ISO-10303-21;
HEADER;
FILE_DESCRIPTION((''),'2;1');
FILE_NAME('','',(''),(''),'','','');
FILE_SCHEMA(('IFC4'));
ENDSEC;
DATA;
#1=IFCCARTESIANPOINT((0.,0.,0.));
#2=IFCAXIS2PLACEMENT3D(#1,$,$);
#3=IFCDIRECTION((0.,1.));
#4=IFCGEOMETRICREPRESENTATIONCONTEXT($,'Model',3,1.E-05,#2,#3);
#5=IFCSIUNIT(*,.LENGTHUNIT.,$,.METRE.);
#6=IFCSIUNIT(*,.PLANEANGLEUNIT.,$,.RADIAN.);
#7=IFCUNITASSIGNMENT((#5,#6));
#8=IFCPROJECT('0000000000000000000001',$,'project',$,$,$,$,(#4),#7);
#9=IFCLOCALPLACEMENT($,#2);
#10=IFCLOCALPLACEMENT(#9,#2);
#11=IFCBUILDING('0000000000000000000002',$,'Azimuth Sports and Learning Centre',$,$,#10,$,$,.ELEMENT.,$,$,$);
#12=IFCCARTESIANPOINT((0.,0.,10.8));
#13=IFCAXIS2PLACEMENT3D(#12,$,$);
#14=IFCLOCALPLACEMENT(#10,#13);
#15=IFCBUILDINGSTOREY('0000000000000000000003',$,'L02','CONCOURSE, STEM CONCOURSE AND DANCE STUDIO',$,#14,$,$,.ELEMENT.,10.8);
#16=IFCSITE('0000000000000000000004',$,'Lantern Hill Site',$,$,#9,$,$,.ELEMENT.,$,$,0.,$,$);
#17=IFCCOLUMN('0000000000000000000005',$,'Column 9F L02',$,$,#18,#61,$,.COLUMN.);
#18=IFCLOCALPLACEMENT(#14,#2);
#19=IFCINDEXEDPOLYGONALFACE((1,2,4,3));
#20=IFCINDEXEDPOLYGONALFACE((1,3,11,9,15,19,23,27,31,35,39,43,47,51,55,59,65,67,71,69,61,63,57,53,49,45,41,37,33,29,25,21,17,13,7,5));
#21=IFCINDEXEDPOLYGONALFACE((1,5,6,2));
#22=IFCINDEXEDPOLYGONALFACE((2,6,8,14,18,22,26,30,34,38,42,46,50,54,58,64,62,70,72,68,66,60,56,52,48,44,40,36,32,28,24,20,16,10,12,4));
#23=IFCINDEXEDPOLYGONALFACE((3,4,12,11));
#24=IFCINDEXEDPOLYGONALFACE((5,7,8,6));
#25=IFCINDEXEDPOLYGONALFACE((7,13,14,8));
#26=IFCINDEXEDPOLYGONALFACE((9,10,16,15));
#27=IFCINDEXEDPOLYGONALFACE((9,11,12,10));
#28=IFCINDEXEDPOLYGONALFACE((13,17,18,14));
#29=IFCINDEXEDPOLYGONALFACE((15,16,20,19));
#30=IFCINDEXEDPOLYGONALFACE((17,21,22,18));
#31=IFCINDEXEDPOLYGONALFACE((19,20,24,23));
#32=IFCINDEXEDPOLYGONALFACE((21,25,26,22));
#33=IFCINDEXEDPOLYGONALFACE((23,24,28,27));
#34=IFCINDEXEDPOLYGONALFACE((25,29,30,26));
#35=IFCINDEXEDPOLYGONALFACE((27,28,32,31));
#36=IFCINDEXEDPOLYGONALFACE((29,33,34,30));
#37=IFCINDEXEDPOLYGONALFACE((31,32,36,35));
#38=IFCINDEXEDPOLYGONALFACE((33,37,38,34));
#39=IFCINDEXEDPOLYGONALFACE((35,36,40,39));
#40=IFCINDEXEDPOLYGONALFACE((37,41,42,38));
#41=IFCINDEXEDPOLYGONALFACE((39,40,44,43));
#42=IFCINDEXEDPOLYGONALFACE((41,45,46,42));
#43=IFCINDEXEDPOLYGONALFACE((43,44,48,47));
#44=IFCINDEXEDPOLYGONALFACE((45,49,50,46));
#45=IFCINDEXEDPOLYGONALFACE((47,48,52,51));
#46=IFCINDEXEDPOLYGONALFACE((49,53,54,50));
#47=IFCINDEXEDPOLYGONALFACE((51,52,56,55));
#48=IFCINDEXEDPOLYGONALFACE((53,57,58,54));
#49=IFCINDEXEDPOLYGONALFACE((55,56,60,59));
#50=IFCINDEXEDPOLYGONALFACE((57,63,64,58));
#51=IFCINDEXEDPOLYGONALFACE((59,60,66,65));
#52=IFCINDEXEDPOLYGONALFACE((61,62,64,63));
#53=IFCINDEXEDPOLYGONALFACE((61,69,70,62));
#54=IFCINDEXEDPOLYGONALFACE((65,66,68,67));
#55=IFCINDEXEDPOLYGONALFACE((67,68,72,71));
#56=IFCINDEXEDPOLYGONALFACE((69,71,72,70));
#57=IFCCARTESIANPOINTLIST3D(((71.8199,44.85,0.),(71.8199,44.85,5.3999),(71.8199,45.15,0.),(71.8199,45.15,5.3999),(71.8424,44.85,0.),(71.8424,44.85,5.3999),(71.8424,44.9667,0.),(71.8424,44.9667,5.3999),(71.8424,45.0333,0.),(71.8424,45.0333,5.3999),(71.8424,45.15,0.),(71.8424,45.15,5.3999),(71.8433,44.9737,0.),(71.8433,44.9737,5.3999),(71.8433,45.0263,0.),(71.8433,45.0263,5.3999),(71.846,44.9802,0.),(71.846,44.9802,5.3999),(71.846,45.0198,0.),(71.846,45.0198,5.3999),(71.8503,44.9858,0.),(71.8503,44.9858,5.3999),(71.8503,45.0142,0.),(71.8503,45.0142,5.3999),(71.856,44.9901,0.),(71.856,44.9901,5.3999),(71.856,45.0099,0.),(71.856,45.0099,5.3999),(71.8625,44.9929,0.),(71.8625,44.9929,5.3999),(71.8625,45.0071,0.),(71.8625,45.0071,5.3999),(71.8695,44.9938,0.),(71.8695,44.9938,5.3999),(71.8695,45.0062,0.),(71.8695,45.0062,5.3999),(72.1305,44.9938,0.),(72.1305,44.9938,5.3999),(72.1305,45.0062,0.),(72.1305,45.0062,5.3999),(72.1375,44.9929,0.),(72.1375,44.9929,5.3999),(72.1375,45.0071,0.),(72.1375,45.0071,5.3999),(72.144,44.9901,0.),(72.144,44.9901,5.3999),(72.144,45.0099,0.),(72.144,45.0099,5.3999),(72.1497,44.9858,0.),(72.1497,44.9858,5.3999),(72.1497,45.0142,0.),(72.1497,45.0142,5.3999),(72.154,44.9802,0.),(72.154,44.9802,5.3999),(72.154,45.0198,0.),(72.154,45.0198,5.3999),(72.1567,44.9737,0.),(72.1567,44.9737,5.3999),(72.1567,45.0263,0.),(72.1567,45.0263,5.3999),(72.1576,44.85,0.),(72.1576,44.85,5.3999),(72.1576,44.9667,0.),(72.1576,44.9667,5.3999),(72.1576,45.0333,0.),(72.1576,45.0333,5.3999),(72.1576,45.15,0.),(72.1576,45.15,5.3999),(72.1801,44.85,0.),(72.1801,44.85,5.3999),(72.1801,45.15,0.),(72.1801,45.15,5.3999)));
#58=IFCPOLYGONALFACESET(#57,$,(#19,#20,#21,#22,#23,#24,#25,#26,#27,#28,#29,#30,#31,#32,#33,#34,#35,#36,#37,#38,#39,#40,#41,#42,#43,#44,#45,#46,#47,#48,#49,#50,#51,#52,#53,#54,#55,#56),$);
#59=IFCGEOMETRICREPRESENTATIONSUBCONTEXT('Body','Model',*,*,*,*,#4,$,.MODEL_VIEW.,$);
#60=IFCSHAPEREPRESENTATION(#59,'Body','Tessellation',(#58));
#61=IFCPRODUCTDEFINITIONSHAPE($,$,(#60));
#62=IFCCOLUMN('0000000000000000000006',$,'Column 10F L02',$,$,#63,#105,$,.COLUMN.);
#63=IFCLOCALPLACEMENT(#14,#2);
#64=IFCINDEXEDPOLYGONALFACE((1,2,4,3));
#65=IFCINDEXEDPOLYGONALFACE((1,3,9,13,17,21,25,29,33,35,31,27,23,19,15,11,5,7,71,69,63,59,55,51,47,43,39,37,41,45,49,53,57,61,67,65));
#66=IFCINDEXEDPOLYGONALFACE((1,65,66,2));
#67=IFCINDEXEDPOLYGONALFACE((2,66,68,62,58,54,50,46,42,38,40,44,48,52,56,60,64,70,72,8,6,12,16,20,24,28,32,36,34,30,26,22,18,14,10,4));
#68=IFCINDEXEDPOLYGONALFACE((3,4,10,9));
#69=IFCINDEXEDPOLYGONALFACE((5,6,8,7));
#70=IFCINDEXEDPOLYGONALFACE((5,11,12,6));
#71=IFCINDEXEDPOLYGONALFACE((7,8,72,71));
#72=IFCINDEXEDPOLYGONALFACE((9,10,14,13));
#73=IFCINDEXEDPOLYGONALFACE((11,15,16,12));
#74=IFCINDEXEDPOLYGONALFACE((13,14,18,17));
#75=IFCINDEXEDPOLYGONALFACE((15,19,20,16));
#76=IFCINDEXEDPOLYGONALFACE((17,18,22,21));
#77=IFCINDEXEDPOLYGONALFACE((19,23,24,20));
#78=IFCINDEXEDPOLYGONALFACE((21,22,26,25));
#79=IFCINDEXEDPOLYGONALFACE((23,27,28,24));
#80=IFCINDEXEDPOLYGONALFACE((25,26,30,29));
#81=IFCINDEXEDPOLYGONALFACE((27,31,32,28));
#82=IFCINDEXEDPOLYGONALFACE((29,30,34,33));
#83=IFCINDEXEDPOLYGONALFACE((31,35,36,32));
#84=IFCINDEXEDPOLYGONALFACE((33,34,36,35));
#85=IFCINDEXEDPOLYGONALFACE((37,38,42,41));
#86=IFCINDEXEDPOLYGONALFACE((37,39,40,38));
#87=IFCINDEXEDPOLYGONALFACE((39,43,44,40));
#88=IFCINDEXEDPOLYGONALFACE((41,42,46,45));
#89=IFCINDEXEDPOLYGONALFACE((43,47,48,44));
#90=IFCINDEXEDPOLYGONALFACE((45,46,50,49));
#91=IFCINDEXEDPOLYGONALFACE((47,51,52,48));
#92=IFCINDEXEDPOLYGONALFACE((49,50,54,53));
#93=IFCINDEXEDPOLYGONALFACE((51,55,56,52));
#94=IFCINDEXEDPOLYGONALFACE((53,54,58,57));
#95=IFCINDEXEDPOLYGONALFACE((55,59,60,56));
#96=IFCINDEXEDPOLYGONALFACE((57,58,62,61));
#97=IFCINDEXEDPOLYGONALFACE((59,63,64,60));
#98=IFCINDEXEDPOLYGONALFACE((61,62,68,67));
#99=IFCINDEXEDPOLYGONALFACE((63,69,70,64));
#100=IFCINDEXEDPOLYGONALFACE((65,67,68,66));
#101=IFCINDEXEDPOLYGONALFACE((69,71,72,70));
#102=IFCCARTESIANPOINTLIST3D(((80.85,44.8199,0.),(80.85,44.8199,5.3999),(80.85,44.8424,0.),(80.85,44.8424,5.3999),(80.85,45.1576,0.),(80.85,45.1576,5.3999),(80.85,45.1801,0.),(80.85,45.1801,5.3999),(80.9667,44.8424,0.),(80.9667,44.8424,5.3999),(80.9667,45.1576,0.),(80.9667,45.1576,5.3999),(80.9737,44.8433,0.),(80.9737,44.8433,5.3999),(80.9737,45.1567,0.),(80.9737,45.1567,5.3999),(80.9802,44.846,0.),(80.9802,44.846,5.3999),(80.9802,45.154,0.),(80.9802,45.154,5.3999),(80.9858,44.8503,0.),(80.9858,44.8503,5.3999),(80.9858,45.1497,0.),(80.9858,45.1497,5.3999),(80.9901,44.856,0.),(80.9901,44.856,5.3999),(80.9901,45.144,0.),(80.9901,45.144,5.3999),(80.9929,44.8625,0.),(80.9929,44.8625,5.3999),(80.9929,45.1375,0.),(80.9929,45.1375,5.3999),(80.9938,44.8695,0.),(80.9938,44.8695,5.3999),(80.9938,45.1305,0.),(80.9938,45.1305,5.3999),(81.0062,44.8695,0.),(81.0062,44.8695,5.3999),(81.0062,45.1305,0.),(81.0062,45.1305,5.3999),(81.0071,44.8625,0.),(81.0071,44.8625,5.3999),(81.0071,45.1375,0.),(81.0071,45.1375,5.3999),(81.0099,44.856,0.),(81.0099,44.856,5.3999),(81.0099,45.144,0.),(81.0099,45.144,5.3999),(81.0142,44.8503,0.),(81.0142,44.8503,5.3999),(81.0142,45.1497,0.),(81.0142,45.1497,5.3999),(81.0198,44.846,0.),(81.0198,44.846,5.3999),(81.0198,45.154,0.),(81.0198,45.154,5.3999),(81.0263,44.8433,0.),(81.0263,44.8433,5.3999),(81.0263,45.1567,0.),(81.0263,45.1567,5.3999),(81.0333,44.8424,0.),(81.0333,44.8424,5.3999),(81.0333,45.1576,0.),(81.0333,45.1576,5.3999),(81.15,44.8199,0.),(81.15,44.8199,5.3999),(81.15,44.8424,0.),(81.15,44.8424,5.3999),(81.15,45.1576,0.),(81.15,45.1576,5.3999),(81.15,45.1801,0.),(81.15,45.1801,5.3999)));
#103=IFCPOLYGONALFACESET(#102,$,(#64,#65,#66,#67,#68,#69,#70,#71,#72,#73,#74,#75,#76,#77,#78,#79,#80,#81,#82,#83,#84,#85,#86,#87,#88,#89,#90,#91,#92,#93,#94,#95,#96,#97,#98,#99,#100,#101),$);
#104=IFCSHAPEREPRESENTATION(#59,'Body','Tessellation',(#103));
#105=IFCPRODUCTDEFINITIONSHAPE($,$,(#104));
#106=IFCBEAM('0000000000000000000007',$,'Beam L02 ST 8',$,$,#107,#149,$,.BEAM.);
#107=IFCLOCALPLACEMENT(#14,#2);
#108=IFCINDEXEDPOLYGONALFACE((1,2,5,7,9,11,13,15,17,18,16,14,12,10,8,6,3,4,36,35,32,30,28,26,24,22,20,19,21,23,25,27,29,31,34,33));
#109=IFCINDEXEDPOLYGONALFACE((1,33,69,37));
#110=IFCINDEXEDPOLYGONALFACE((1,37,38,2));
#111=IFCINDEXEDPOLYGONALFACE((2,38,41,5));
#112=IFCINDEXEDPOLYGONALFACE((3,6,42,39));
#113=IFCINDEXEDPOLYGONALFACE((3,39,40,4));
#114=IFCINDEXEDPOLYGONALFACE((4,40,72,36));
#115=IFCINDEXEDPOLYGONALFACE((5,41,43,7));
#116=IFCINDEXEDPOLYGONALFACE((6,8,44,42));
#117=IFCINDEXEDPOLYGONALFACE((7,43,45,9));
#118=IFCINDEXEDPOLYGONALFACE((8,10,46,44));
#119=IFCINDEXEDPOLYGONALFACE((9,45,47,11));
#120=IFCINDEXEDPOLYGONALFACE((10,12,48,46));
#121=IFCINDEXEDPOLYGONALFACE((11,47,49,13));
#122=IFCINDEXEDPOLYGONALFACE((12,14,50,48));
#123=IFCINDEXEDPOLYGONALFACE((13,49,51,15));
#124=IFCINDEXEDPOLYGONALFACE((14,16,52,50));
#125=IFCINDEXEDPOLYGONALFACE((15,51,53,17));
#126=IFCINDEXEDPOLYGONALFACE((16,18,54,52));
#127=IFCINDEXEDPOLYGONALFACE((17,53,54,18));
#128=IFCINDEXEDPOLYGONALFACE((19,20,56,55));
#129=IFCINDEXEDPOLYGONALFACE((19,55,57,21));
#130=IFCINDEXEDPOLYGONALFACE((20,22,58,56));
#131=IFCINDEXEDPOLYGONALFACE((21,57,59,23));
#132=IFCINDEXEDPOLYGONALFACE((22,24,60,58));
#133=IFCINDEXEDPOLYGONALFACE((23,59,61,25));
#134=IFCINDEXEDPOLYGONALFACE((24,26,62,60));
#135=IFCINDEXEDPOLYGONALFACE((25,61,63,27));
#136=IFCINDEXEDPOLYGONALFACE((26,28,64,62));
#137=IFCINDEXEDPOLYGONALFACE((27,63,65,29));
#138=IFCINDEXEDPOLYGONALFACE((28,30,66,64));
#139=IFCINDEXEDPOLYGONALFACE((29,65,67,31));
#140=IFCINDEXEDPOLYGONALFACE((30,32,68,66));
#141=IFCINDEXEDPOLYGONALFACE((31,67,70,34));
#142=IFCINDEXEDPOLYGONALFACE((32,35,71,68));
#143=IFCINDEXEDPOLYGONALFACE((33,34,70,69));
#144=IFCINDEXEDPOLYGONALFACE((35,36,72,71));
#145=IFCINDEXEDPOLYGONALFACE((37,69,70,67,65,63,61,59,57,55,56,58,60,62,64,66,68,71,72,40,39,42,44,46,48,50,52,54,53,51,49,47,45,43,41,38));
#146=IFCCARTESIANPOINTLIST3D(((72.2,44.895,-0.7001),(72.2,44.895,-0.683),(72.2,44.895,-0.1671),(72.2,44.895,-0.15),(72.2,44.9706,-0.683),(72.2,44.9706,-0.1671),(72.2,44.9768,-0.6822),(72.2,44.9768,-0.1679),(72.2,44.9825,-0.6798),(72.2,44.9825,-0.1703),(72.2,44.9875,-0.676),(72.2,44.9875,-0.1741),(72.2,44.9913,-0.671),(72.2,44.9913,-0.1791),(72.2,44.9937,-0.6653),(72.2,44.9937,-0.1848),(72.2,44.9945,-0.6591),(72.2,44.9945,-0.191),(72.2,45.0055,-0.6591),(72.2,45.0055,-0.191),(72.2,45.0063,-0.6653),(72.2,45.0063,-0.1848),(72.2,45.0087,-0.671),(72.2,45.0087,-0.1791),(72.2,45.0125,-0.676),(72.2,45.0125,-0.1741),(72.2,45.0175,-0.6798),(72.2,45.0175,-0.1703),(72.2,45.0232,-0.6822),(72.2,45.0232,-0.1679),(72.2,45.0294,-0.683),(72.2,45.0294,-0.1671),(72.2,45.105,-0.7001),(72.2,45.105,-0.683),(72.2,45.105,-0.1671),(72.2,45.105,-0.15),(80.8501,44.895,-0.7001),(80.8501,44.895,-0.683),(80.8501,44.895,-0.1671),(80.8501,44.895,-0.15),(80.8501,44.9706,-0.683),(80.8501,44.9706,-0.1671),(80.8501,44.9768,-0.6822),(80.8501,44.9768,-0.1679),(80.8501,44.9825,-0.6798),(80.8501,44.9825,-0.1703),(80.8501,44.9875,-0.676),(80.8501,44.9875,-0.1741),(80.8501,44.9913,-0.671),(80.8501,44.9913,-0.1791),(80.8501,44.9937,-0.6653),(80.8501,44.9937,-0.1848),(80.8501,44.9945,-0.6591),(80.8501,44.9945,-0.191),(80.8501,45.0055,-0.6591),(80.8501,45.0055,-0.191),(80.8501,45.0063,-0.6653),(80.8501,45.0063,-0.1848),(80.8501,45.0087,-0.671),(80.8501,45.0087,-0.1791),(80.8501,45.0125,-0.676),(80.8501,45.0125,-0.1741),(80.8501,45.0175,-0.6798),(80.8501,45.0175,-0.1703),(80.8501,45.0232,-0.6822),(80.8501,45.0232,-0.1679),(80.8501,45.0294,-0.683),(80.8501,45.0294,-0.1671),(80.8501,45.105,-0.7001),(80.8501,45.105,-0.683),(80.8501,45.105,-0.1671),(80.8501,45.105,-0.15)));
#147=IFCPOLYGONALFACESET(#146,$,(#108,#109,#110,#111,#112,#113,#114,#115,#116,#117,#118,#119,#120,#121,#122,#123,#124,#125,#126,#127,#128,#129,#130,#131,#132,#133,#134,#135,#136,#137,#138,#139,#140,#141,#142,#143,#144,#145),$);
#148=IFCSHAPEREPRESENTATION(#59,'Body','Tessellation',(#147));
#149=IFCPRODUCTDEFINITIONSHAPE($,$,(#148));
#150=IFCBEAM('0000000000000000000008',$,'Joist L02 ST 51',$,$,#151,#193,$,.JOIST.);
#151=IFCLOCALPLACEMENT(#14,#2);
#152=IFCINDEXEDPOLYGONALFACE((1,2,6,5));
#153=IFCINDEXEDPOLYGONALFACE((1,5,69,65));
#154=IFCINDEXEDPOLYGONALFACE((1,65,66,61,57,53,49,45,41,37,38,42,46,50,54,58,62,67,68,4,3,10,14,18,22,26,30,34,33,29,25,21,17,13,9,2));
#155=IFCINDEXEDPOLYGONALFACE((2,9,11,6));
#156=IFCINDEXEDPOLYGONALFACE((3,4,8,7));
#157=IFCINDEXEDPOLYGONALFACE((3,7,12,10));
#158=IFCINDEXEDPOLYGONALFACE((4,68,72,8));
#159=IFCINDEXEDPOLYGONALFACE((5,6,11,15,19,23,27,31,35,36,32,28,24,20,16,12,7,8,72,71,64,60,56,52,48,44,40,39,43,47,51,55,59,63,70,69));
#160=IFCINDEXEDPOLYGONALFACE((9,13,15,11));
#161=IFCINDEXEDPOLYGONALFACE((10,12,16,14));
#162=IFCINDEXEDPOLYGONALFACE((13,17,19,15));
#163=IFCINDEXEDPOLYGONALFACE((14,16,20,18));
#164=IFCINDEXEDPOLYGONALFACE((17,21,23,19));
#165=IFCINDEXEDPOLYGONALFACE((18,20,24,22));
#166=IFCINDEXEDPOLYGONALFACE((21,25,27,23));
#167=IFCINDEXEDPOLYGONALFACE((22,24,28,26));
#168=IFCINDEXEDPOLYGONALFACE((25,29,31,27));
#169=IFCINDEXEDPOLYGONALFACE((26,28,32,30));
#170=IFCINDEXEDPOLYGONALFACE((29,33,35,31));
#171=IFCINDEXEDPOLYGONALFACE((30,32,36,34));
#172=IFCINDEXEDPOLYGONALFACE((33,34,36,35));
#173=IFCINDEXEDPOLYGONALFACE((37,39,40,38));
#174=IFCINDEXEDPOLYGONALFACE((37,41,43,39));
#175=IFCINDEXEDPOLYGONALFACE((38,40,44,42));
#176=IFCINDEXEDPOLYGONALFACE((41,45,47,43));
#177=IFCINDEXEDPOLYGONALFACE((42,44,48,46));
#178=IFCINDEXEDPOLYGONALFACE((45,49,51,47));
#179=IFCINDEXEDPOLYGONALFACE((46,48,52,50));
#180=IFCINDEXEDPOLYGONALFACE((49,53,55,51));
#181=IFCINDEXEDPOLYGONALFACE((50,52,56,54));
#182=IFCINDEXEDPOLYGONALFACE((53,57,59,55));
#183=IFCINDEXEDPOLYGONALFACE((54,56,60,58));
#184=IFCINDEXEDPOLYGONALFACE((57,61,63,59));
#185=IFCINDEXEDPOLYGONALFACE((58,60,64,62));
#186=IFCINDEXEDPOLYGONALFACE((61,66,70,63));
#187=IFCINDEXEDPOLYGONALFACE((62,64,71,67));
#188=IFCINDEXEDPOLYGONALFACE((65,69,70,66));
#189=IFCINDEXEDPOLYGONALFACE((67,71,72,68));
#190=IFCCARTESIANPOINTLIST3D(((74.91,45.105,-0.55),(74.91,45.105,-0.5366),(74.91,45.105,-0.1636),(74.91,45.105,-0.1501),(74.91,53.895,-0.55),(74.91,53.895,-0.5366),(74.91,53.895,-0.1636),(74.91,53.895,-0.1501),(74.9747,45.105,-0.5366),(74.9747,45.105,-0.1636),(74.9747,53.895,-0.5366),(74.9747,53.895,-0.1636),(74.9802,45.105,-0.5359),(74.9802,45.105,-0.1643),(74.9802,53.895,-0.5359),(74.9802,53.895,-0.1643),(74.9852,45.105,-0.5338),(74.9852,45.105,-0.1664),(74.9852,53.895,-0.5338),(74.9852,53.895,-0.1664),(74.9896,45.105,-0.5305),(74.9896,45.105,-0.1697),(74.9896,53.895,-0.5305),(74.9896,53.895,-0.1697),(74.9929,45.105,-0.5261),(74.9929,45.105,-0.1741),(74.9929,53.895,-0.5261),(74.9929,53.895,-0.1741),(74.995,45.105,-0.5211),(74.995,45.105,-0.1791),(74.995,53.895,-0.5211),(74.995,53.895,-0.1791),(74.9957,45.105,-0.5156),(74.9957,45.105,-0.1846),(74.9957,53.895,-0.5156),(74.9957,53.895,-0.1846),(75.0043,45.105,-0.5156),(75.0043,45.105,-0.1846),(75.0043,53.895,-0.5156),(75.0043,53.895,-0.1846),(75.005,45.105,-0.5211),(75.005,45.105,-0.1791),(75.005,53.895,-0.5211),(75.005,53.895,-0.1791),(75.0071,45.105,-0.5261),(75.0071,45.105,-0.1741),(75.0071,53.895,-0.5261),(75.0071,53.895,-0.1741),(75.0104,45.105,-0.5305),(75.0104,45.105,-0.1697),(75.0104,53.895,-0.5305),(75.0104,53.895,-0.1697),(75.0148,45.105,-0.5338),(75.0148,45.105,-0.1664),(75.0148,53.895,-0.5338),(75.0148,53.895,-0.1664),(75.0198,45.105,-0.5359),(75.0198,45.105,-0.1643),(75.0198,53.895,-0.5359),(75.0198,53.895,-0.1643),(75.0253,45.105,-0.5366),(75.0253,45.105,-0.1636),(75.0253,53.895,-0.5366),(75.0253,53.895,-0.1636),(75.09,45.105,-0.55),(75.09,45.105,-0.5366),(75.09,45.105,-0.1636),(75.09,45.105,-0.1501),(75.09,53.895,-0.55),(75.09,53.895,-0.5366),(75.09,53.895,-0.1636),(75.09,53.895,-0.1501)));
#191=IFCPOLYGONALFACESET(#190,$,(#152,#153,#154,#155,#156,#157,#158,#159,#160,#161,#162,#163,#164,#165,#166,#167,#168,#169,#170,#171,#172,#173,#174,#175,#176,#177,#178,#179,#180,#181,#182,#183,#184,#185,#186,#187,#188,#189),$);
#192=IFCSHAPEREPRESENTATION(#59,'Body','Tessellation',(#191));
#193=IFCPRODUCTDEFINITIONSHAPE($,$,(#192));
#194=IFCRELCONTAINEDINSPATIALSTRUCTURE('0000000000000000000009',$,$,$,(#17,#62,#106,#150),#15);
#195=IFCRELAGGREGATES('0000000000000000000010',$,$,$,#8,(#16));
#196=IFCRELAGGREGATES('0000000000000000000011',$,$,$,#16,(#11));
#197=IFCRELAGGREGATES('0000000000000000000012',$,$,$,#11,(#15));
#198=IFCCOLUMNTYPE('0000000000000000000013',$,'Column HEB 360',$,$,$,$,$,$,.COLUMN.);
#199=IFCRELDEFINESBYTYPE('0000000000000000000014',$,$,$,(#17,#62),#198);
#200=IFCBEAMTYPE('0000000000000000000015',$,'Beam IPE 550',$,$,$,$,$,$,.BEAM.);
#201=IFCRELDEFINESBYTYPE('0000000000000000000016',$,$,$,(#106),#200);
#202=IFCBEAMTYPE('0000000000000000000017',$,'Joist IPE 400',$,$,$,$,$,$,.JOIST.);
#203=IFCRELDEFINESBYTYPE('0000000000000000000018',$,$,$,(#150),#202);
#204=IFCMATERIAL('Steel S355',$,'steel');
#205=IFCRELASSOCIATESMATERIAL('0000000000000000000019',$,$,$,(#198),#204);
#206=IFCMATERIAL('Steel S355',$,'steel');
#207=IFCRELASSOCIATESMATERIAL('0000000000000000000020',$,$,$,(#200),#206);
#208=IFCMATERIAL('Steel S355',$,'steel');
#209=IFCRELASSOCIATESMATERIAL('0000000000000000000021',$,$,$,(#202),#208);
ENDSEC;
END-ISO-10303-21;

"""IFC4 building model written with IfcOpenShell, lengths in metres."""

from ifc_helpers import new_model, si_unit, direction, frame, origin, origin_2d, place, context, subcontext, project, spatial, i_section, extrude, material, material_profile, profile_set, type_object, element, save


model = new_model("IFC4")

# Units and contexts
model_context = context("Model", 3, precision=1e-05, world=origin(), true_north=direction((0.0, 1.0)))
body_context = subcontext(model_context, "Body", "Model", "MODEL_VIEW")
ifc_project = project(units=[si_unit("LENGTHUNIT", "METRE"), si_unit("PLANEANGLEUNIT", "RADIAN")], contexts=[model_context])

# Site, building, storey
site_placement = place(None, origin())
site = spatial("IfcSite", under=ifc_project, at=site_placement, Name="Lantern Hill Site", CompositionType="ELEMENT", RefElevation=0.0)
building_placement = place(site_placement, origin())
building = spatial("IfcBuilding", under=site, at=building_placement, Name="Azimuth Sports and Learning Centre", CompositionType="ELEMENT")
storey_placement = place(building_placement, frame((0.0, 0.0, 10.8)))
storey = spatial("IfcBuildingStorey", under=building, at=storey_placement, Name="L02", Description="CONCOURSE, STEM CONCOURSE AND DANCE STUDIO", CompositionType="ELEMENT", Elevation=10.8)

# Columns
ifc_material_1 = material(Name="Steel S355", Category="steel")
ifc_material_profile_1 = material_profile(ifc_material_1, i_section(OverallWidth=0.3, OverallDepth=0.3601, WebThickness=0.0125, FlangeThickness=0.0225, FilletRadius=0.0271, at=origin_2d()), Name="HEB 360")
ifc_profile_set_1 = profile_set([ifc_material_profile_1], Name="Steel S355")
column_type = type_object("IfcColumnType", Name="Column HEB 360", PredefinedType="COLUMN", material=ifc_profile_set_1)
for number, where, z_axis, x_axis, name in (
    (1, (72.0, 45.0, 0.0), (0.0, 0.0, 1.0), (0.0, 1.0, 0.0), "Column 9F L02"),
    (2, (81.0, 45.0, 0.0), (0.0, 0.0, 1.0), (1.0, 0.0, 0.0), "Column 10F L02"),
):
    element("IfcColumn", number, at=place(storey_placement, frame(where, z_axis=z_axis, x_axis=x_axis)), inside=storey, type_object=column_type, Name=name, PredefinedType="COLUMN", context=body_context, shape_type="SweptSolid", body=[
        extrude(i_section(OverallWidth=0.3, OverallDepth=0.3601, WebThickness=0.0125, FlangeThickness=0.0225, FilletRadius=0.0271, at=origin_2d()), origin(), (0.0, 0.0, 1.0), 5.3999),
    ])

# Beams
ifc_material_2 = material(Name="Steel S355", Category="steel")
ifc_material_profile_2 = material_profile(ifc_material_2, i_section(OverallWidth=0.21, OverallDepth=0.55, WebThickness=0.011, FlangeThickness=0.0171, FilletRadius=0.0239, at=origin_2d()), Name="IPE 550")
ifc_profile_set_2 = profile_set([ifc_material_profile_2], Name="Steel S355")
beam_type_1 = type_object("IfcBeamType", Name="Beam IPE 550", PredefinedType="BEAM", material=ifc_profile_set_2)
beam_placement = place(storey_placement, frame((72.2, 45.0, -0.425), z_axis=(1.0, 0.0, 0.0), x_axis=(0.0, 1.0, 0.0)))
element("IfcBeam", 3, at=beam_placement, inside=storey, type_object=beam_type_1, Name="Beam L02 ST 8", PredefinedType="BEAM", context=body_context, shape_type="SweptSolid", body=[
    extrude(i_section(OverallWidth=0.21, OverallDepth=0.55, WebThickness=0.011, FlangeThickness=0.0171, FilletRadius=0.0239, at=origin_2d()), origin(), (0.0, 0.0, 1.0), 8.6501),
])
ifc_material_3 = material(Name="Steel S355", Category="steel")
ifc_material_profile_3 = material_profile(ifc_material_3, i_section(OverallWidth=0.1799, OverallDepth=0.3999, WebThickness=0.0085, FlangeThickness=0.0134, FilletRadius=0.021, at=origin_2d()), Name="IPE 400")
ifc_profile_set_3 = profile_set([ifc_material_profile_3], Name="Steel S355")
beam_type_2 = type_object("IfcBeamType", Name="Joist IPE 400", PredefinedType="JOIST", material=ifc_profile_set_3)
for number, where, z_axis, x_axis, name in (
    (4, (75.0, 45.105, -0.3501), (0.0, 1.0, 0.0), (-1.0, 0.0, 0.0), "Joist L02 ST 51"),
):
    element("IfcBeam", number, at=place(storey_placement, frame(where, z_axis=z_axis, x_axis=x_axis)), inside=storey, type_object=beam_type_2, Name=name, PredefinedType="JOIST", context=body_context, shape_type="SweptSolid", body=[
        extrude(i_section(OverallWidth=0.1799, OverallDepth=0.3999, WebThickness=0.0085, FlangeThickness=0.0134, FilletRadius=0.021, at=origin_2d()), origin(), (0.0, 0.0, 1.0), 8.79),
    ])

save(model, "model.ifc")
